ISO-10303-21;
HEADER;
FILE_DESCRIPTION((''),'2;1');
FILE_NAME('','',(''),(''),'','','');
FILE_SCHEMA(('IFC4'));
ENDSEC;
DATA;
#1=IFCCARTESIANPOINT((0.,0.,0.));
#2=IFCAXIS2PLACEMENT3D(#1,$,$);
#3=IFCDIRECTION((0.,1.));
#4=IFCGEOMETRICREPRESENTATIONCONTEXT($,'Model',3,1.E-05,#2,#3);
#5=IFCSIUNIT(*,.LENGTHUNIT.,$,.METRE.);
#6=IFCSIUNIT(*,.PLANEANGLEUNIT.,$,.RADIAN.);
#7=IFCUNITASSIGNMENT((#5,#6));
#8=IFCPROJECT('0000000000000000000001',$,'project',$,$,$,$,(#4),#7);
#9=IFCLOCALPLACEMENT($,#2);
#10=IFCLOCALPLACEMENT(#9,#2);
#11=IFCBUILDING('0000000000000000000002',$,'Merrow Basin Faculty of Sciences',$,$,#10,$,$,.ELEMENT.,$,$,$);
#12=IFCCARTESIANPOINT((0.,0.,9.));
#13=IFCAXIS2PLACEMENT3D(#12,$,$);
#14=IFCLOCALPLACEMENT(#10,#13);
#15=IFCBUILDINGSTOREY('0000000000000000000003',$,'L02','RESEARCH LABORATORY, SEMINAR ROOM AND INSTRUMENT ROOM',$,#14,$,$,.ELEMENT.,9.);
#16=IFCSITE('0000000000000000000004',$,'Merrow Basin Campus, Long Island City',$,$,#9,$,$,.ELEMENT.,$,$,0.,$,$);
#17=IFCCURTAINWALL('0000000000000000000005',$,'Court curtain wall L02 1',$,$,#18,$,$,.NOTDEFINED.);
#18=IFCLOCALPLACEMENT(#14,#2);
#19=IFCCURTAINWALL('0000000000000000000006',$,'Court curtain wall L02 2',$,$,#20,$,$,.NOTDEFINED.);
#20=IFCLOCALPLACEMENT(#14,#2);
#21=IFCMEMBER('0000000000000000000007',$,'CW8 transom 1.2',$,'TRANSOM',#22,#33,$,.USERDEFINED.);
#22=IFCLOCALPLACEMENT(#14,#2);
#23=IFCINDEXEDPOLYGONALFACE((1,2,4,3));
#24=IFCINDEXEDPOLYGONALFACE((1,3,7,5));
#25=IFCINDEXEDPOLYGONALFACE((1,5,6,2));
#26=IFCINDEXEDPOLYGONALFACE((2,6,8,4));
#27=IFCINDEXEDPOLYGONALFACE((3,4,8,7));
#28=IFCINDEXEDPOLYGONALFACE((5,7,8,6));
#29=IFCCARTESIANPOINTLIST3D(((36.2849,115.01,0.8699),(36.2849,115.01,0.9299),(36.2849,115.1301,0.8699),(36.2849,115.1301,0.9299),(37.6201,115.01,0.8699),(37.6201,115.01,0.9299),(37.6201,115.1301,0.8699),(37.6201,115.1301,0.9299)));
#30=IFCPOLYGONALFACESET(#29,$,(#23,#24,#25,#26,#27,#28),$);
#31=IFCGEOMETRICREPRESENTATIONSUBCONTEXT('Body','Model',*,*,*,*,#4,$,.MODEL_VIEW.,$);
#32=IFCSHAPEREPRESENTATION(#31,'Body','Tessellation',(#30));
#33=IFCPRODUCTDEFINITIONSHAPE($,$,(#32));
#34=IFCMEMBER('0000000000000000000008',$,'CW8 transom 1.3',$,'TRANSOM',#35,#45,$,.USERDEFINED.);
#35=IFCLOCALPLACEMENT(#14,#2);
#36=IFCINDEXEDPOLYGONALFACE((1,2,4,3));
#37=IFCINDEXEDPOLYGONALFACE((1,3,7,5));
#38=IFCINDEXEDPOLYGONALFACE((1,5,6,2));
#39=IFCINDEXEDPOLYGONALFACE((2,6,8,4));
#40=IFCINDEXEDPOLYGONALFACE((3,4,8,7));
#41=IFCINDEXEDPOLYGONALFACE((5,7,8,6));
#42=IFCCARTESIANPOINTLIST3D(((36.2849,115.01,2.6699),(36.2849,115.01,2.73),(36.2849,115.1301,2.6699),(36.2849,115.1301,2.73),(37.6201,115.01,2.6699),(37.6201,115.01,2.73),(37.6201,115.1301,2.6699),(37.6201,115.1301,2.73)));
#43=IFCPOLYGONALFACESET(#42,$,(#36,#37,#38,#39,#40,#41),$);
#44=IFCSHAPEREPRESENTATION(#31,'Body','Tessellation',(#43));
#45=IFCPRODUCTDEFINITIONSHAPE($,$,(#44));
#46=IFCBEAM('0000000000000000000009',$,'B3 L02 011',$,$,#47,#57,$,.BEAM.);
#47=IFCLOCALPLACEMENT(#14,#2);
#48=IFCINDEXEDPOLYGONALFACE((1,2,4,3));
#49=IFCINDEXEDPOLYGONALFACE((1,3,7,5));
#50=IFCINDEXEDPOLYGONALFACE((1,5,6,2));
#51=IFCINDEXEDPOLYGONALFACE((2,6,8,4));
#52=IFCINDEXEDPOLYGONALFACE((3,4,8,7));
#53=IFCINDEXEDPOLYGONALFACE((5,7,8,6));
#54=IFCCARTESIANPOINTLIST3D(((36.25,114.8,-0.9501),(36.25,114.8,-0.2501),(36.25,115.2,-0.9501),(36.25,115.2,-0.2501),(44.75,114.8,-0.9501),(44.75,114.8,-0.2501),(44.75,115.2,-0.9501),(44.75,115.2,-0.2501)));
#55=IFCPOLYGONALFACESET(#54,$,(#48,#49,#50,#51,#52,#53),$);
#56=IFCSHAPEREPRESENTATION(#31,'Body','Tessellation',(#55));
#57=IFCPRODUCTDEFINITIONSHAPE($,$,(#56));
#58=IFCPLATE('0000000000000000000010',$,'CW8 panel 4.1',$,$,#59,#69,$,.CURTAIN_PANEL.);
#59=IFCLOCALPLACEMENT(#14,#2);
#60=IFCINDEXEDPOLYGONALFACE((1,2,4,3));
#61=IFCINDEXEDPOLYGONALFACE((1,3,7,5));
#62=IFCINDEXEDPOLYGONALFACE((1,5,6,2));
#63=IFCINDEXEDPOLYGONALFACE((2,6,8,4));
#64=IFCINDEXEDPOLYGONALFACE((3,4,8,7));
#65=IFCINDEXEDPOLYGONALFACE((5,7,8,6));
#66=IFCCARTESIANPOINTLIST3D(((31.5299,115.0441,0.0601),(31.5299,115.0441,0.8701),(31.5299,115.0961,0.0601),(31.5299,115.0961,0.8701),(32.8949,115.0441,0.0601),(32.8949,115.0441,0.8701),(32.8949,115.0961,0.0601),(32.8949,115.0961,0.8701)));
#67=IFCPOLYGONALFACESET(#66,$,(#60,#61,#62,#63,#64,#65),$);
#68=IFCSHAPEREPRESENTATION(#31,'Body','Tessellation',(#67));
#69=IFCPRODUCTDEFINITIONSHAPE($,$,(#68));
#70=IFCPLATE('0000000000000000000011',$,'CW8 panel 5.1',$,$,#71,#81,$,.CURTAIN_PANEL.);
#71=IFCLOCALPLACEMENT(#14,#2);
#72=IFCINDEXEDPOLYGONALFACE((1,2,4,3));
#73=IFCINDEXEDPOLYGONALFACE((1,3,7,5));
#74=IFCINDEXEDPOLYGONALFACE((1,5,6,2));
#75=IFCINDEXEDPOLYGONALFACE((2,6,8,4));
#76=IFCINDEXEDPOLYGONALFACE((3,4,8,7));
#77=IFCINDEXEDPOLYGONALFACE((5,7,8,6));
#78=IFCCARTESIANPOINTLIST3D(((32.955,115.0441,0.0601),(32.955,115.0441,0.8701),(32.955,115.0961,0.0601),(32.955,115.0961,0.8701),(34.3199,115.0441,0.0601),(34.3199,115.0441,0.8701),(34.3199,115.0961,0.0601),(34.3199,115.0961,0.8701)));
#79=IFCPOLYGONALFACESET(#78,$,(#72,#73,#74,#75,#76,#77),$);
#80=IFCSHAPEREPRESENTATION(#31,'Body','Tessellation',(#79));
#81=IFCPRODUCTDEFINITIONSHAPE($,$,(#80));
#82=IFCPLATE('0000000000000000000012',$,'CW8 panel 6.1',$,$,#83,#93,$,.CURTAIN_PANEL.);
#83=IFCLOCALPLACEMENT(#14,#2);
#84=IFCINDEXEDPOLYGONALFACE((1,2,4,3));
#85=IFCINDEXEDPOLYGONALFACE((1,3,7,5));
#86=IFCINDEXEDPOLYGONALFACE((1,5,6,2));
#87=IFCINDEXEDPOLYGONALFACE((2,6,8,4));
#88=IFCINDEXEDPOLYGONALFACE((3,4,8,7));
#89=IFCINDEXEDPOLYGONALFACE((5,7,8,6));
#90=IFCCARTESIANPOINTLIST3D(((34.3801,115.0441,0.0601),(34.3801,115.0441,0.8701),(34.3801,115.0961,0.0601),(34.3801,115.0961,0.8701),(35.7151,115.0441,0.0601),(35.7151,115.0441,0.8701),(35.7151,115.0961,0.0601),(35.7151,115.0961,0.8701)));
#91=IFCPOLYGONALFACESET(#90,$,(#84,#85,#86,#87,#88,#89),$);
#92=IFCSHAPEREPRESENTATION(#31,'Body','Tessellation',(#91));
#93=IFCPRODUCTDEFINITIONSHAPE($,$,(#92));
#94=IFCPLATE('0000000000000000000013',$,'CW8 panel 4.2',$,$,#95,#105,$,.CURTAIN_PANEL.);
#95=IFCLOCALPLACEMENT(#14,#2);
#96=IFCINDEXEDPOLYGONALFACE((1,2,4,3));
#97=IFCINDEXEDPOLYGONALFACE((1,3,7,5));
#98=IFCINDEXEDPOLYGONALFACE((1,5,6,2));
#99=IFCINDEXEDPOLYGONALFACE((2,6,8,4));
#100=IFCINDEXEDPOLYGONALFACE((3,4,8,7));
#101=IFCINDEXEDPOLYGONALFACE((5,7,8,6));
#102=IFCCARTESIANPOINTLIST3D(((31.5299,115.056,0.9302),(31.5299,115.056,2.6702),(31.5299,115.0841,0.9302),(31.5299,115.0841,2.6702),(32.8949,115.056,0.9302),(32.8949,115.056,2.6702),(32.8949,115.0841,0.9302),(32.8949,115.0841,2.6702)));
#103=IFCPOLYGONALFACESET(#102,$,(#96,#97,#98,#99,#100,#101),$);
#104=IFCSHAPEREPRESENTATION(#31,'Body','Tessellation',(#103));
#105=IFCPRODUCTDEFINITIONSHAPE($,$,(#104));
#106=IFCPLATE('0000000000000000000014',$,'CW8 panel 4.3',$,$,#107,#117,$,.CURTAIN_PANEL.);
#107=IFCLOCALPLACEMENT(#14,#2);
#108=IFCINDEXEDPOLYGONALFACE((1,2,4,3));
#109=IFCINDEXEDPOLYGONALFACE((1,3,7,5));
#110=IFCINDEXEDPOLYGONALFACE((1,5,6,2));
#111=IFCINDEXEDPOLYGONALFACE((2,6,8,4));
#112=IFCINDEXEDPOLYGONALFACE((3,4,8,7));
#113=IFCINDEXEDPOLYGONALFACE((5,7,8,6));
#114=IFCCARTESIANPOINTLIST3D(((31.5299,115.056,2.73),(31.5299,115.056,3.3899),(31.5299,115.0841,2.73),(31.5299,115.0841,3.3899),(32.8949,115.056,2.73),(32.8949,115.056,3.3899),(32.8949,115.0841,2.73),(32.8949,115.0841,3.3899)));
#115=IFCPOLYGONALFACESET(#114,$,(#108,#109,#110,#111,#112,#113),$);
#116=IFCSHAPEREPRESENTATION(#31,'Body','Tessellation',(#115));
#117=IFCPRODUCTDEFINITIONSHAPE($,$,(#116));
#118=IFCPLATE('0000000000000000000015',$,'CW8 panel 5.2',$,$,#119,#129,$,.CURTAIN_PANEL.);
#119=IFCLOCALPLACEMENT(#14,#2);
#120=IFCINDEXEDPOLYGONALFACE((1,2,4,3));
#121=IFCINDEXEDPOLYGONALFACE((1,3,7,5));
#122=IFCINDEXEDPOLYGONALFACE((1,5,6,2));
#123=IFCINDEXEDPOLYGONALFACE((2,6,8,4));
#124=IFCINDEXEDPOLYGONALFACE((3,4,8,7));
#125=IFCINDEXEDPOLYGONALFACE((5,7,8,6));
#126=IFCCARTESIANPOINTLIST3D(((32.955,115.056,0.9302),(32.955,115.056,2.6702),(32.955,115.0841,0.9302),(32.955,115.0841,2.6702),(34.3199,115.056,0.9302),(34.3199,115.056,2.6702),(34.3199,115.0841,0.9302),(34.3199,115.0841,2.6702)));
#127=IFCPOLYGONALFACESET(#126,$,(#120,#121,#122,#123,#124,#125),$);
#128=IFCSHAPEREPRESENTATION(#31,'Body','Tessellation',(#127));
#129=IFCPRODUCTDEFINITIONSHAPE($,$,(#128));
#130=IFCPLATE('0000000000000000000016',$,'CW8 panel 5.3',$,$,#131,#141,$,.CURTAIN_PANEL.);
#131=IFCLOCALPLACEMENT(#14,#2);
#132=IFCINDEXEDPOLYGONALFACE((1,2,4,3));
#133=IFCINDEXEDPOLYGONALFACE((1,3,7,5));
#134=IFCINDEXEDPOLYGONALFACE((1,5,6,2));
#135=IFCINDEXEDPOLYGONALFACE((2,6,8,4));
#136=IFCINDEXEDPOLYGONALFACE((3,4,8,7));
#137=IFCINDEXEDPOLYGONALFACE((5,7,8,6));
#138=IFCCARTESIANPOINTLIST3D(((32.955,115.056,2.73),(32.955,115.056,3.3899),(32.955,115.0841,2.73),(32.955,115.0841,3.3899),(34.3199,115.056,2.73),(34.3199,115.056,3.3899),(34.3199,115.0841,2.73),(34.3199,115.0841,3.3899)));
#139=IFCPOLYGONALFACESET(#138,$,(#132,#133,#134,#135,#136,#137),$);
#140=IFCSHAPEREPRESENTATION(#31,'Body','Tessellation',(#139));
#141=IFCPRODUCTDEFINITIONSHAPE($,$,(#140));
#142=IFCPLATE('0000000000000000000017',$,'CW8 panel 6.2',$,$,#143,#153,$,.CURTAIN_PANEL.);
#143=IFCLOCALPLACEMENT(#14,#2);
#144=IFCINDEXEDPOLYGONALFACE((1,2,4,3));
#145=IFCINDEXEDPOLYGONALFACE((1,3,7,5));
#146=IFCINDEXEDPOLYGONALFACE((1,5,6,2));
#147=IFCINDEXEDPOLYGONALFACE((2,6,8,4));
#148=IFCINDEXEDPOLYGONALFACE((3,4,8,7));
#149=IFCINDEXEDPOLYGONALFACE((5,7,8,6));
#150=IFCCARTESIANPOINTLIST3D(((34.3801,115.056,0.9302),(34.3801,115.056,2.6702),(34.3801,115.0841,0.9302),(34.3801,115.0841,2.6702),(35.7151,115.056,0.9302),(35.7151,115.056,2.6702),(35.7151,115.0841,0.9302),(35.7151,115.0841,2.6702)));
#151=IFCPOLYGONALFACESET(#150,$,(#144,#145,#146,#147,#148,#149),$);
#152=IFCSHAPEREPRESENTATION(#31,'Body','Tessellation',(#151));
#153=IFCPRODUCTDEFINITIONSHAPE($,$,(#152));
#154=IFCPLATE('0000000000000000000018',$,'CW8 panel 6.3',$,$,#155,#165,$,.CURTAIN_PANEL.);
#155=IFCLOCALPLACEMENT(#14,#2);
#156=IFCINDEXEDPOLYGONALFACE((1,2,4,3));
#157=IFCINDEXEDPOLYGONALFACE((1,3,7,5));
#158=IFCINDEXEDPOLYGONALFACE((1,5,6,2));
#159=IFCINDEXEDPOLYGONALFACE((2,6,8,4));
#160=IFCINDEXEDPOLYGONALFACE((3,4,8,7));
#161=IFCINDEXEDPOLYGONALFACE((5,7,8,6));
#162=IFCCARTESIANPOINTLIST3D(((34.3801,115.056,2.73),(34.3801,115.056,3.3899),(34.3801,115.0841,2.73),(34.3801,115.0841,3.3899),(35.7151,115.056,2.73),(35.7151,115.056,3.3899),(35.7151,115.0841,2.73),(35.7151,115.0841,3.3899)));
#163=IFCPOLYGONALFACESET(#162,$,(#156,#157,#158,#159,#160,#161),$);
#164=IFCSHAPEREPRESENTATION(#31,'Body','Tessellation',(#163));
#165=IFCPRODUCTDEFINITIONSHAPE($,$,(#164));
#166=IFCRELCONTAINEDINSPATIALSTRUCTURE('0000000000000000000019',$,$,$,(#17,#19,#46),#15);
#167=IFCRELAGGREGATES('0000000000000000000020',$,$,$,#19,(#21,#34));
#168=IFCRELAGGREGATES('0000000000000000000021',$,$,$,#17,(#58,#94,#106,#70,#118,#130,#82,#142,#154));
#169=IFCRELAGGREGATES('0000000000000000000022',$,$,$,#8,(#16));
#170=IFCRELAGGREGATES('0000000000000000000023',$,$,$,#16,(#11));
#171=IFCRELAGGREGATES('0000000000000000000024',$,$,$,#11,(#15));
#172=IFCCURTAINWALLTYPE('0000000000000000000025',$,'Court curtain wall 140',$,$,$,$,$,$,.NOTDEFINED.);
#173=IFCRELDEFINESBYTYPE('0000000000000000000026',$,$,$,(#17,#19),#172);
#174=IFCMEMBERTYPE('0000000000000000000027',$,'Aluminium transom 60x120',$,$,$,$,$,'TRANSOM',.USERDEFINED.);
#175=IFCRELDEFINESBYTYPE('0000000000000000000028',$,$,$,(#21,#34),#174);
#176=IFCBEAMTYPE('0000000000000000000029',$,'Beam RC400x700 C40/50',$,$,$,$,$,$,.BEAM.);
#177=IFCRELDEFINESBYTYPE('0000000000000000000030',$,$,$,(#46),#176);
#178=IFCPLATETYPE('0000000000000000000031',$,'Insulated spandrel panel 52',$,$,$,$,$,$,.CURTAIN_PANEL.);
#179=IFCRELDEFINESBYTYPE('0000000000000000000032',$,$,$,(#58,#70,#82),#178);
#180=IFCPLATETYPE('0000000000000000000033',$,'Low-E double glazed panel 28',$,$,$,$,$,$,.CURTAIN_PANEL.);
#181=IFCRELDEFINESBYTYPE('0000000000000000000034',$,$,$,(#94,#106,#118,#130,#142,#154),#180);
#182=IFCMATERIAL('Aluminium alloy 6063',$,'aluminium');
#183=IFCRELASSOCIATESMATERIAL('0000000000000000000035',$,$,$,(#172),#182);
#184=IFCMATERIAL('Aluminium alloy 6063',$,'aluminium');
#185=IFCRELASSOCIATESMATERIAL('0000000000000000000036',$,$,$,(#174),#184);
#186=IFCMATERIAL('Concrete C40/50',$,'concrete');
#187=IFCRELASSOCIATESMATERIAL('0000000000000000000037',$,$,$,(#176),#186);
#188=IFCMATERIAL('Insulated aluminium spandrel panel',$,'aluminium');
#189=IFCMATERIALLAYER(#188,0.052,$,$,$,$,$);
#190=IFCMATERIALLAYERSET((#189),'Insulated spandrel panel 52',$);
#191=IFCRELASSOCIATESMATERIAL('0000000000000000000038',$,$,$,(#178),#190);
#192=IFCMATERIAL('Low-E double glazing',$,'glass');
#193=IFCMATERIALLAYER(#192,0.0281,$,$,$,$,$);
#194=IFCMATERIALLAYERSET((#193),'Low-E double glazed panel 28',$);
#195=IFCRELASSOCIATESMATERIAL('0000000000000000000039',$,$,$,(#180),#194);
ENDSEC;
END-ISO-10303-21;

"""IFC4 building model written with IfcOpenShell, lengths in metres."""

from ifc_helpers import new_model, si_unit, direction, frame, origin, origin_2d, place, context, subcontext, project, spatial, rectangle, extrude, material, layer, layer_set, material_profile, profile_set, type_object, element, aggregate, save


model = new_model("IFC4")

# Units and contexts
model_context = context("Model", 3, precision=1e-05, world=origin(), true_north=direction((0.0, 1.0)))
body_context = subcontext(model_context, "Body", "Model", "MODEL_VIEW")
ifc_project = project(units=[si_unit("LENGTHUNIT", "METRE"), si_unit("PLANEANGLEUNIT", "RADIAN")], contexts=[model_context])

# Site, building, storey
site_placement = place(None, origin())
site = spatial("IfcSite", under=ifc_project, at=site_placement, Name="Merrow Basin Campus, Long Island City", CompositionType="ELEMENT", RefElevation=0.0)
building_placement = place(site_placement, origin())
building = spatial("IfcBuilding", under=site, at=building_placement, Name="Merrow Basin Faculty of Sciences", CompositionType="ELEMENT")
storey_placement = place(building_placement, frame((0.0, 0.0, 9.0)))
storey = spatial("IfcBuildingStorey", under=building, at=storey_placement, Name="L02", Description="RESEARCH LABORATORY, SEMINAR ROOM AND INSTRUMENT ROOM", CompositionType="ELEMENT", Elevation=9.0)

# Curtain wall
ifc_material_1 = material(Name="Aluminium alloy 6063", Category="aluminium")
curtain_wall_type = type_object("IfcCurtainWallType", Name="Court curtain wall 140", PredefinedType="NOTDEFINED", material=ifc_material_1)
curtain_wall_1_placement = place(storey_placement, origin())
curtain_wall_1 = element("IfcCurtainWall", 1, at=curtain_wall_1_placement, inside=storey, type_object=curtain_wall_type, Name="Court curtain wall L02 1", PredefinedType="NOTDEFINED")

# Curtain wall
curtain_wall_2_placement = place(storey_placement, origin())
curtain_wall_2 = element("IfcCurtainWall", 2, at=curtain_wall_2_placement, inside=storey, type_object=curtain_wall_type, Name="Court curtain wall L02 2", PredefinedType="NOTDEFINED")

# Members
ifc_material_2 = material(Name="Aluminium alloy 6063", Category="aluminium")
ifc_material_profile_1 = material_profile(ifc_material_2, rectangle(XDim=0.1201, YDim=0.0601, at=origin_2d()))
ifc_profile_set_1 = profile_set([ifc_material_profile_1], Name="Aluminium alloy 6063")
member_type_1 = type_object("IfcMemberType", Name="Aluminium transom 60x120", ElementType="TRANSOM", PredefinedType="USERDEFINED", material=ifc_profile_set_1)
member_1_placement = place(storey_placement, frame((36.2849, 115.0701, 0.8999), z_axis=(1.0, 0.0, 0.0), x_axis=(0.0, 1.0, 0.0)))
member_1 = element("IfcMember", 3, at=member_1_placement, type_object=member_type_1, Name="CW8 transom 1.2", ObjectType="TRANSOM", PredefinedType="USERDEFINED", context=body_context, shape_type="SweptSolid", body=[
    extrude(rectangle(XDim=0.1201, YDim=0.0601, at=origin_2d()), origin(), (0.0, 0.0, 1.0), 1.3352),
])
member_2_placement = place(storey_placement, frame((36.2849, 115.0701, 2.7), z_axis=(1.0, 0.0, 0.0), x_axis=(0.0, 1.0, 0.0)))
member_2 = element("IfcMember", 4, at=member_2_placement, type_object=member_type_1, Name="CW8 transom 1.3", ObjectType="TRANSOM", PredefinedType="USERDEFINED", context=body_context, shape_type="SweptSolid", body=[
    extrude(rectangle(XDim=0.1201, YDim=0.0601, at=origin_2d()), origin(), (0.0, 0.0, 1.0), 1.3352),
])
aggregate(curtain_wall_2, [member_1, member_2])

# Beam
ifc_material_3 = material(Name="Concrete C40/50", Category="concrete")
ifc_material_profile_2 = material_profile(ifc_material_3, rectangle(XDim=0.3999, YDim=0.7, at=origin_2d()))
ifc_profile_set_2 = profile_set([ifc_material_profile_2], Name="Concrete C40/50")
beam_type = type_object("IfcBeamType", Name="Beam RC400x700 C40/50", PredefinedType="BEAM", material=ifc_profile_set_2)
beam_placement = place(storey_placement, frame((36.25, 115.0, -0.6001), z_axis=(1.0, 0.0, 0.0), x_axis=(0.0, 1.0, 0.0)))
element("IfcBeam", 5, at=beam_placement, inside=storey, type_object=beam_type, Name="B3 L02 011", PredefinedType="BEAM", context=body_context, shape_type="SweptSolid", body=[
    extrude(rectangle(XDim=0.3999, YDim=0.7, at=origin_2d()), origin(), (0.0, 0.0, 1.0), 8.5),
])

# Plates
ifc_material_4 = material(Name="Insulated aluminium spandrel panel", Category="aluminium")
ifc_layer_1 = layer(ifc_material_4, 0.052)
ifc_layer_set_1 = layer_set([ifc_layer_1], Name="Insulated spandrel panel 52")
plate_type_1 = type_object("IfcPlateType", Name="Insulated spandrel panel 52", PredefinedType="CURTAIN_PANEL", material=ifc_layer_set_1)
plate_1_placement = place(storey_placement, frame((32.2124, 115.0701, 0.0601), z_axis=(0.0, 0.0, 1.0), x_axis=(1.0, 0.0, 0.0)))
plate_1 = element("IfcPlate", 6, at=plate_1_placement, type_object=plate_type_1, Name="CW8 panel 4.1", PredefinedType="CURTAIN_PANEL", context=body_context, shape_type="SweptSolid", body=[
    extrude(rectangle(XDim=1.365, YDim=0.052, at=origin_2d()), origin(), (0.0, 0.0, 1.0), 0.8101),
])
plate_2_placement = place(storey_placement, frame((33.6375, 115.0701, 0.0601), z_axis=(0.0, 0.0, 1.0), x_axis=(1.0, 0.0, 0.0)))
plate_2 = element("IfcPlate", 7, at=plate_2_placement, type_object=plate_type_1, Name="CW8 panel 5.1", PredefinedType="CURTAIN_PANEL", context=body_context, shape_type="SweptSolid", body=[
    extrude(rectangle(XDim=1.365, YDim=0.052, at=origin_2d()), origin(), (0.0, 0.0, 1.0), 0.8101),
])
plate_3_placement = place(storey_placement, frame((35.0476, 115.0701, 0.0601), z_axis=(0.0, 0.0, 1.0), x_axis=(1.0, 0.0, 0.0)))
plate_3 = element("IfcPlate", 8, at=plate_3_placement, type_object=plate_type_1, Name="CW8 panel 6.1", PredefinedType="CURTAIN_PANEL", context=body_context, shape_type="SweptSolid", body=[
    extrude(rectangle(XDim=1.335, YDim=0.052, at=origin_2d()), origin(), (0.0, 0.0, 1.0), 0.8101),
])
ifc_material_5 = material(Name="Low-E double glazing", Category="glass")
ifc_layer_2 = layer(ifc_material_5, 0.0281)
ifc_layer_set_2 = layer_set([ifc_layer_2], Name="Low-E double glazed panel 28")
plate_type_2 = type_object("IfcPlateType", Name="Low-E double glazed panel 28", PredefinedType="CURTAIN_PANEL", material=ifc_layer_set_2)
plate_4_placement = place(storey_placement, frame((32.2124, 115.0701, 0.9302), z_axis=(0.0, 0.0, 1.0), x_axis=(1.0, 0.0, 0.0)))
plate_4 = element("IfcPlate", 9, at=plate_4_placement, type_object=plate_type_2, Name="CW8 panel 4.2", PredefinedType="CURTAIN_PANEL", context=body_context, shape_type="SweptSolid", body=[
    extrude(rectangle(XDim=1.365, YDim=0.0281, at=origin_2d()), origin(), (0.0, 0.0, 1.0), 1.74),
])
plate_5_placement = place(storey_placement, frame((32.2124, 115.0701, 2.73), z_axis=(0.0, 0.0, 1.0), x_axis=(1.0, 0.0, 0.0)))
plate_5 = element("IfcPlate", 10, at=plate_5_placement, type_object=plate_type_2, Name="CW8 panel 4.3", PredefinedType="CURTAIN_PANEL", context=body_context, shape_type="SweptSolid", body=[
    extrude(rectangle(XDim=1.365, YDim=0.0281, at=origin_2d()), origin(), (0.0, 0.0, 1.0), 0.6599),
])
plate_6_placement = place(storey_placement, frame((33.6375, 115.0701, 0.9302), z_axis=(0.0, 0.0, 1.0), x_axis=(1.0, 0.0, 0.0)))
plate_6 = element("IfcPlate", 11, at=plate_6_placement, type_object=plate_type_2, Name="CW8 panel 5.2", PredefinedType="CURTAIN_PANEL", context=body_context, shape_type="SweptSolid", body=[
    extrude(rectangle(XDim=1.365, YDim=0.0281, at=origin_2d()), origin(), (0.0, 0.0, 1.0), 1.74),
])
plate_7_placement = place(storey_placement, frame((33.6375, 115.0701, 2.73), z_axis=(0.0, 0.0, 1.0), x_axis=(1.0, 0.0, 0.0)))
plate_7 = element("IfcPlate", 12, at=plate_7_placement, type_object=plate_type_2, Name="CW8 panel 5.3", PredefinedType="CURTAIN_PANEL", context=body_context, shape_type="SweptSolid", body=[
    extrude(rectangle(XDim=1.365, YDim=0.0281, at=origin_2d()), origin(), (0.0, 0.0, 1.0), 0.6599),
])
plate_8_placement = place(storey_placement, frame((35.0476, 115.0701, 0.9302), z_axis=(0.0, 0.0, 1.0), x_axis=(1.0, 0.0, 0.0)))
plate_8 = element("IfcPlate", 13, at=plate_8_placement, type_object=plate_type_2, Name="CW8 panel 6.2", PredefinedType="CURTAIN_PANEL", context=body_context, shape_type="SweptSolid", body=[
    extrude(rectangle(XDim=1.335, YDim=0.0281, at=origin_2d()), origin(), (0.0, 0.0, 1.0), 1.74),
])
plate_9_placement = place(storey_placement, frame((35.0476, 115.0701, 2.73), z_axis=(0.0, 0.0, 1.0), x_axis=(1.0, 0.0, 0.0)))
plate_9 = element("IfcPlate", 14, at=plate_9_placement, type_object=plate_type_2, Name="CW8 panel 6.3", PredefinedType="CURTAIN_PANEL", context=body_context, shape_type="SweptSolid", body=[
    extrude(rectangle(XDim=1.335, YDim=0.0281, at=origin_2d()), origin(), (0.0, 0.0, 1.0), 0.6599),
])
aggregate(curtain_wall_1, [plate_1, plate_4, plate_5, plate_2, plate_6, plate_7, plate_3, plate_8, plate_9])

save(model, "model.ifc")
